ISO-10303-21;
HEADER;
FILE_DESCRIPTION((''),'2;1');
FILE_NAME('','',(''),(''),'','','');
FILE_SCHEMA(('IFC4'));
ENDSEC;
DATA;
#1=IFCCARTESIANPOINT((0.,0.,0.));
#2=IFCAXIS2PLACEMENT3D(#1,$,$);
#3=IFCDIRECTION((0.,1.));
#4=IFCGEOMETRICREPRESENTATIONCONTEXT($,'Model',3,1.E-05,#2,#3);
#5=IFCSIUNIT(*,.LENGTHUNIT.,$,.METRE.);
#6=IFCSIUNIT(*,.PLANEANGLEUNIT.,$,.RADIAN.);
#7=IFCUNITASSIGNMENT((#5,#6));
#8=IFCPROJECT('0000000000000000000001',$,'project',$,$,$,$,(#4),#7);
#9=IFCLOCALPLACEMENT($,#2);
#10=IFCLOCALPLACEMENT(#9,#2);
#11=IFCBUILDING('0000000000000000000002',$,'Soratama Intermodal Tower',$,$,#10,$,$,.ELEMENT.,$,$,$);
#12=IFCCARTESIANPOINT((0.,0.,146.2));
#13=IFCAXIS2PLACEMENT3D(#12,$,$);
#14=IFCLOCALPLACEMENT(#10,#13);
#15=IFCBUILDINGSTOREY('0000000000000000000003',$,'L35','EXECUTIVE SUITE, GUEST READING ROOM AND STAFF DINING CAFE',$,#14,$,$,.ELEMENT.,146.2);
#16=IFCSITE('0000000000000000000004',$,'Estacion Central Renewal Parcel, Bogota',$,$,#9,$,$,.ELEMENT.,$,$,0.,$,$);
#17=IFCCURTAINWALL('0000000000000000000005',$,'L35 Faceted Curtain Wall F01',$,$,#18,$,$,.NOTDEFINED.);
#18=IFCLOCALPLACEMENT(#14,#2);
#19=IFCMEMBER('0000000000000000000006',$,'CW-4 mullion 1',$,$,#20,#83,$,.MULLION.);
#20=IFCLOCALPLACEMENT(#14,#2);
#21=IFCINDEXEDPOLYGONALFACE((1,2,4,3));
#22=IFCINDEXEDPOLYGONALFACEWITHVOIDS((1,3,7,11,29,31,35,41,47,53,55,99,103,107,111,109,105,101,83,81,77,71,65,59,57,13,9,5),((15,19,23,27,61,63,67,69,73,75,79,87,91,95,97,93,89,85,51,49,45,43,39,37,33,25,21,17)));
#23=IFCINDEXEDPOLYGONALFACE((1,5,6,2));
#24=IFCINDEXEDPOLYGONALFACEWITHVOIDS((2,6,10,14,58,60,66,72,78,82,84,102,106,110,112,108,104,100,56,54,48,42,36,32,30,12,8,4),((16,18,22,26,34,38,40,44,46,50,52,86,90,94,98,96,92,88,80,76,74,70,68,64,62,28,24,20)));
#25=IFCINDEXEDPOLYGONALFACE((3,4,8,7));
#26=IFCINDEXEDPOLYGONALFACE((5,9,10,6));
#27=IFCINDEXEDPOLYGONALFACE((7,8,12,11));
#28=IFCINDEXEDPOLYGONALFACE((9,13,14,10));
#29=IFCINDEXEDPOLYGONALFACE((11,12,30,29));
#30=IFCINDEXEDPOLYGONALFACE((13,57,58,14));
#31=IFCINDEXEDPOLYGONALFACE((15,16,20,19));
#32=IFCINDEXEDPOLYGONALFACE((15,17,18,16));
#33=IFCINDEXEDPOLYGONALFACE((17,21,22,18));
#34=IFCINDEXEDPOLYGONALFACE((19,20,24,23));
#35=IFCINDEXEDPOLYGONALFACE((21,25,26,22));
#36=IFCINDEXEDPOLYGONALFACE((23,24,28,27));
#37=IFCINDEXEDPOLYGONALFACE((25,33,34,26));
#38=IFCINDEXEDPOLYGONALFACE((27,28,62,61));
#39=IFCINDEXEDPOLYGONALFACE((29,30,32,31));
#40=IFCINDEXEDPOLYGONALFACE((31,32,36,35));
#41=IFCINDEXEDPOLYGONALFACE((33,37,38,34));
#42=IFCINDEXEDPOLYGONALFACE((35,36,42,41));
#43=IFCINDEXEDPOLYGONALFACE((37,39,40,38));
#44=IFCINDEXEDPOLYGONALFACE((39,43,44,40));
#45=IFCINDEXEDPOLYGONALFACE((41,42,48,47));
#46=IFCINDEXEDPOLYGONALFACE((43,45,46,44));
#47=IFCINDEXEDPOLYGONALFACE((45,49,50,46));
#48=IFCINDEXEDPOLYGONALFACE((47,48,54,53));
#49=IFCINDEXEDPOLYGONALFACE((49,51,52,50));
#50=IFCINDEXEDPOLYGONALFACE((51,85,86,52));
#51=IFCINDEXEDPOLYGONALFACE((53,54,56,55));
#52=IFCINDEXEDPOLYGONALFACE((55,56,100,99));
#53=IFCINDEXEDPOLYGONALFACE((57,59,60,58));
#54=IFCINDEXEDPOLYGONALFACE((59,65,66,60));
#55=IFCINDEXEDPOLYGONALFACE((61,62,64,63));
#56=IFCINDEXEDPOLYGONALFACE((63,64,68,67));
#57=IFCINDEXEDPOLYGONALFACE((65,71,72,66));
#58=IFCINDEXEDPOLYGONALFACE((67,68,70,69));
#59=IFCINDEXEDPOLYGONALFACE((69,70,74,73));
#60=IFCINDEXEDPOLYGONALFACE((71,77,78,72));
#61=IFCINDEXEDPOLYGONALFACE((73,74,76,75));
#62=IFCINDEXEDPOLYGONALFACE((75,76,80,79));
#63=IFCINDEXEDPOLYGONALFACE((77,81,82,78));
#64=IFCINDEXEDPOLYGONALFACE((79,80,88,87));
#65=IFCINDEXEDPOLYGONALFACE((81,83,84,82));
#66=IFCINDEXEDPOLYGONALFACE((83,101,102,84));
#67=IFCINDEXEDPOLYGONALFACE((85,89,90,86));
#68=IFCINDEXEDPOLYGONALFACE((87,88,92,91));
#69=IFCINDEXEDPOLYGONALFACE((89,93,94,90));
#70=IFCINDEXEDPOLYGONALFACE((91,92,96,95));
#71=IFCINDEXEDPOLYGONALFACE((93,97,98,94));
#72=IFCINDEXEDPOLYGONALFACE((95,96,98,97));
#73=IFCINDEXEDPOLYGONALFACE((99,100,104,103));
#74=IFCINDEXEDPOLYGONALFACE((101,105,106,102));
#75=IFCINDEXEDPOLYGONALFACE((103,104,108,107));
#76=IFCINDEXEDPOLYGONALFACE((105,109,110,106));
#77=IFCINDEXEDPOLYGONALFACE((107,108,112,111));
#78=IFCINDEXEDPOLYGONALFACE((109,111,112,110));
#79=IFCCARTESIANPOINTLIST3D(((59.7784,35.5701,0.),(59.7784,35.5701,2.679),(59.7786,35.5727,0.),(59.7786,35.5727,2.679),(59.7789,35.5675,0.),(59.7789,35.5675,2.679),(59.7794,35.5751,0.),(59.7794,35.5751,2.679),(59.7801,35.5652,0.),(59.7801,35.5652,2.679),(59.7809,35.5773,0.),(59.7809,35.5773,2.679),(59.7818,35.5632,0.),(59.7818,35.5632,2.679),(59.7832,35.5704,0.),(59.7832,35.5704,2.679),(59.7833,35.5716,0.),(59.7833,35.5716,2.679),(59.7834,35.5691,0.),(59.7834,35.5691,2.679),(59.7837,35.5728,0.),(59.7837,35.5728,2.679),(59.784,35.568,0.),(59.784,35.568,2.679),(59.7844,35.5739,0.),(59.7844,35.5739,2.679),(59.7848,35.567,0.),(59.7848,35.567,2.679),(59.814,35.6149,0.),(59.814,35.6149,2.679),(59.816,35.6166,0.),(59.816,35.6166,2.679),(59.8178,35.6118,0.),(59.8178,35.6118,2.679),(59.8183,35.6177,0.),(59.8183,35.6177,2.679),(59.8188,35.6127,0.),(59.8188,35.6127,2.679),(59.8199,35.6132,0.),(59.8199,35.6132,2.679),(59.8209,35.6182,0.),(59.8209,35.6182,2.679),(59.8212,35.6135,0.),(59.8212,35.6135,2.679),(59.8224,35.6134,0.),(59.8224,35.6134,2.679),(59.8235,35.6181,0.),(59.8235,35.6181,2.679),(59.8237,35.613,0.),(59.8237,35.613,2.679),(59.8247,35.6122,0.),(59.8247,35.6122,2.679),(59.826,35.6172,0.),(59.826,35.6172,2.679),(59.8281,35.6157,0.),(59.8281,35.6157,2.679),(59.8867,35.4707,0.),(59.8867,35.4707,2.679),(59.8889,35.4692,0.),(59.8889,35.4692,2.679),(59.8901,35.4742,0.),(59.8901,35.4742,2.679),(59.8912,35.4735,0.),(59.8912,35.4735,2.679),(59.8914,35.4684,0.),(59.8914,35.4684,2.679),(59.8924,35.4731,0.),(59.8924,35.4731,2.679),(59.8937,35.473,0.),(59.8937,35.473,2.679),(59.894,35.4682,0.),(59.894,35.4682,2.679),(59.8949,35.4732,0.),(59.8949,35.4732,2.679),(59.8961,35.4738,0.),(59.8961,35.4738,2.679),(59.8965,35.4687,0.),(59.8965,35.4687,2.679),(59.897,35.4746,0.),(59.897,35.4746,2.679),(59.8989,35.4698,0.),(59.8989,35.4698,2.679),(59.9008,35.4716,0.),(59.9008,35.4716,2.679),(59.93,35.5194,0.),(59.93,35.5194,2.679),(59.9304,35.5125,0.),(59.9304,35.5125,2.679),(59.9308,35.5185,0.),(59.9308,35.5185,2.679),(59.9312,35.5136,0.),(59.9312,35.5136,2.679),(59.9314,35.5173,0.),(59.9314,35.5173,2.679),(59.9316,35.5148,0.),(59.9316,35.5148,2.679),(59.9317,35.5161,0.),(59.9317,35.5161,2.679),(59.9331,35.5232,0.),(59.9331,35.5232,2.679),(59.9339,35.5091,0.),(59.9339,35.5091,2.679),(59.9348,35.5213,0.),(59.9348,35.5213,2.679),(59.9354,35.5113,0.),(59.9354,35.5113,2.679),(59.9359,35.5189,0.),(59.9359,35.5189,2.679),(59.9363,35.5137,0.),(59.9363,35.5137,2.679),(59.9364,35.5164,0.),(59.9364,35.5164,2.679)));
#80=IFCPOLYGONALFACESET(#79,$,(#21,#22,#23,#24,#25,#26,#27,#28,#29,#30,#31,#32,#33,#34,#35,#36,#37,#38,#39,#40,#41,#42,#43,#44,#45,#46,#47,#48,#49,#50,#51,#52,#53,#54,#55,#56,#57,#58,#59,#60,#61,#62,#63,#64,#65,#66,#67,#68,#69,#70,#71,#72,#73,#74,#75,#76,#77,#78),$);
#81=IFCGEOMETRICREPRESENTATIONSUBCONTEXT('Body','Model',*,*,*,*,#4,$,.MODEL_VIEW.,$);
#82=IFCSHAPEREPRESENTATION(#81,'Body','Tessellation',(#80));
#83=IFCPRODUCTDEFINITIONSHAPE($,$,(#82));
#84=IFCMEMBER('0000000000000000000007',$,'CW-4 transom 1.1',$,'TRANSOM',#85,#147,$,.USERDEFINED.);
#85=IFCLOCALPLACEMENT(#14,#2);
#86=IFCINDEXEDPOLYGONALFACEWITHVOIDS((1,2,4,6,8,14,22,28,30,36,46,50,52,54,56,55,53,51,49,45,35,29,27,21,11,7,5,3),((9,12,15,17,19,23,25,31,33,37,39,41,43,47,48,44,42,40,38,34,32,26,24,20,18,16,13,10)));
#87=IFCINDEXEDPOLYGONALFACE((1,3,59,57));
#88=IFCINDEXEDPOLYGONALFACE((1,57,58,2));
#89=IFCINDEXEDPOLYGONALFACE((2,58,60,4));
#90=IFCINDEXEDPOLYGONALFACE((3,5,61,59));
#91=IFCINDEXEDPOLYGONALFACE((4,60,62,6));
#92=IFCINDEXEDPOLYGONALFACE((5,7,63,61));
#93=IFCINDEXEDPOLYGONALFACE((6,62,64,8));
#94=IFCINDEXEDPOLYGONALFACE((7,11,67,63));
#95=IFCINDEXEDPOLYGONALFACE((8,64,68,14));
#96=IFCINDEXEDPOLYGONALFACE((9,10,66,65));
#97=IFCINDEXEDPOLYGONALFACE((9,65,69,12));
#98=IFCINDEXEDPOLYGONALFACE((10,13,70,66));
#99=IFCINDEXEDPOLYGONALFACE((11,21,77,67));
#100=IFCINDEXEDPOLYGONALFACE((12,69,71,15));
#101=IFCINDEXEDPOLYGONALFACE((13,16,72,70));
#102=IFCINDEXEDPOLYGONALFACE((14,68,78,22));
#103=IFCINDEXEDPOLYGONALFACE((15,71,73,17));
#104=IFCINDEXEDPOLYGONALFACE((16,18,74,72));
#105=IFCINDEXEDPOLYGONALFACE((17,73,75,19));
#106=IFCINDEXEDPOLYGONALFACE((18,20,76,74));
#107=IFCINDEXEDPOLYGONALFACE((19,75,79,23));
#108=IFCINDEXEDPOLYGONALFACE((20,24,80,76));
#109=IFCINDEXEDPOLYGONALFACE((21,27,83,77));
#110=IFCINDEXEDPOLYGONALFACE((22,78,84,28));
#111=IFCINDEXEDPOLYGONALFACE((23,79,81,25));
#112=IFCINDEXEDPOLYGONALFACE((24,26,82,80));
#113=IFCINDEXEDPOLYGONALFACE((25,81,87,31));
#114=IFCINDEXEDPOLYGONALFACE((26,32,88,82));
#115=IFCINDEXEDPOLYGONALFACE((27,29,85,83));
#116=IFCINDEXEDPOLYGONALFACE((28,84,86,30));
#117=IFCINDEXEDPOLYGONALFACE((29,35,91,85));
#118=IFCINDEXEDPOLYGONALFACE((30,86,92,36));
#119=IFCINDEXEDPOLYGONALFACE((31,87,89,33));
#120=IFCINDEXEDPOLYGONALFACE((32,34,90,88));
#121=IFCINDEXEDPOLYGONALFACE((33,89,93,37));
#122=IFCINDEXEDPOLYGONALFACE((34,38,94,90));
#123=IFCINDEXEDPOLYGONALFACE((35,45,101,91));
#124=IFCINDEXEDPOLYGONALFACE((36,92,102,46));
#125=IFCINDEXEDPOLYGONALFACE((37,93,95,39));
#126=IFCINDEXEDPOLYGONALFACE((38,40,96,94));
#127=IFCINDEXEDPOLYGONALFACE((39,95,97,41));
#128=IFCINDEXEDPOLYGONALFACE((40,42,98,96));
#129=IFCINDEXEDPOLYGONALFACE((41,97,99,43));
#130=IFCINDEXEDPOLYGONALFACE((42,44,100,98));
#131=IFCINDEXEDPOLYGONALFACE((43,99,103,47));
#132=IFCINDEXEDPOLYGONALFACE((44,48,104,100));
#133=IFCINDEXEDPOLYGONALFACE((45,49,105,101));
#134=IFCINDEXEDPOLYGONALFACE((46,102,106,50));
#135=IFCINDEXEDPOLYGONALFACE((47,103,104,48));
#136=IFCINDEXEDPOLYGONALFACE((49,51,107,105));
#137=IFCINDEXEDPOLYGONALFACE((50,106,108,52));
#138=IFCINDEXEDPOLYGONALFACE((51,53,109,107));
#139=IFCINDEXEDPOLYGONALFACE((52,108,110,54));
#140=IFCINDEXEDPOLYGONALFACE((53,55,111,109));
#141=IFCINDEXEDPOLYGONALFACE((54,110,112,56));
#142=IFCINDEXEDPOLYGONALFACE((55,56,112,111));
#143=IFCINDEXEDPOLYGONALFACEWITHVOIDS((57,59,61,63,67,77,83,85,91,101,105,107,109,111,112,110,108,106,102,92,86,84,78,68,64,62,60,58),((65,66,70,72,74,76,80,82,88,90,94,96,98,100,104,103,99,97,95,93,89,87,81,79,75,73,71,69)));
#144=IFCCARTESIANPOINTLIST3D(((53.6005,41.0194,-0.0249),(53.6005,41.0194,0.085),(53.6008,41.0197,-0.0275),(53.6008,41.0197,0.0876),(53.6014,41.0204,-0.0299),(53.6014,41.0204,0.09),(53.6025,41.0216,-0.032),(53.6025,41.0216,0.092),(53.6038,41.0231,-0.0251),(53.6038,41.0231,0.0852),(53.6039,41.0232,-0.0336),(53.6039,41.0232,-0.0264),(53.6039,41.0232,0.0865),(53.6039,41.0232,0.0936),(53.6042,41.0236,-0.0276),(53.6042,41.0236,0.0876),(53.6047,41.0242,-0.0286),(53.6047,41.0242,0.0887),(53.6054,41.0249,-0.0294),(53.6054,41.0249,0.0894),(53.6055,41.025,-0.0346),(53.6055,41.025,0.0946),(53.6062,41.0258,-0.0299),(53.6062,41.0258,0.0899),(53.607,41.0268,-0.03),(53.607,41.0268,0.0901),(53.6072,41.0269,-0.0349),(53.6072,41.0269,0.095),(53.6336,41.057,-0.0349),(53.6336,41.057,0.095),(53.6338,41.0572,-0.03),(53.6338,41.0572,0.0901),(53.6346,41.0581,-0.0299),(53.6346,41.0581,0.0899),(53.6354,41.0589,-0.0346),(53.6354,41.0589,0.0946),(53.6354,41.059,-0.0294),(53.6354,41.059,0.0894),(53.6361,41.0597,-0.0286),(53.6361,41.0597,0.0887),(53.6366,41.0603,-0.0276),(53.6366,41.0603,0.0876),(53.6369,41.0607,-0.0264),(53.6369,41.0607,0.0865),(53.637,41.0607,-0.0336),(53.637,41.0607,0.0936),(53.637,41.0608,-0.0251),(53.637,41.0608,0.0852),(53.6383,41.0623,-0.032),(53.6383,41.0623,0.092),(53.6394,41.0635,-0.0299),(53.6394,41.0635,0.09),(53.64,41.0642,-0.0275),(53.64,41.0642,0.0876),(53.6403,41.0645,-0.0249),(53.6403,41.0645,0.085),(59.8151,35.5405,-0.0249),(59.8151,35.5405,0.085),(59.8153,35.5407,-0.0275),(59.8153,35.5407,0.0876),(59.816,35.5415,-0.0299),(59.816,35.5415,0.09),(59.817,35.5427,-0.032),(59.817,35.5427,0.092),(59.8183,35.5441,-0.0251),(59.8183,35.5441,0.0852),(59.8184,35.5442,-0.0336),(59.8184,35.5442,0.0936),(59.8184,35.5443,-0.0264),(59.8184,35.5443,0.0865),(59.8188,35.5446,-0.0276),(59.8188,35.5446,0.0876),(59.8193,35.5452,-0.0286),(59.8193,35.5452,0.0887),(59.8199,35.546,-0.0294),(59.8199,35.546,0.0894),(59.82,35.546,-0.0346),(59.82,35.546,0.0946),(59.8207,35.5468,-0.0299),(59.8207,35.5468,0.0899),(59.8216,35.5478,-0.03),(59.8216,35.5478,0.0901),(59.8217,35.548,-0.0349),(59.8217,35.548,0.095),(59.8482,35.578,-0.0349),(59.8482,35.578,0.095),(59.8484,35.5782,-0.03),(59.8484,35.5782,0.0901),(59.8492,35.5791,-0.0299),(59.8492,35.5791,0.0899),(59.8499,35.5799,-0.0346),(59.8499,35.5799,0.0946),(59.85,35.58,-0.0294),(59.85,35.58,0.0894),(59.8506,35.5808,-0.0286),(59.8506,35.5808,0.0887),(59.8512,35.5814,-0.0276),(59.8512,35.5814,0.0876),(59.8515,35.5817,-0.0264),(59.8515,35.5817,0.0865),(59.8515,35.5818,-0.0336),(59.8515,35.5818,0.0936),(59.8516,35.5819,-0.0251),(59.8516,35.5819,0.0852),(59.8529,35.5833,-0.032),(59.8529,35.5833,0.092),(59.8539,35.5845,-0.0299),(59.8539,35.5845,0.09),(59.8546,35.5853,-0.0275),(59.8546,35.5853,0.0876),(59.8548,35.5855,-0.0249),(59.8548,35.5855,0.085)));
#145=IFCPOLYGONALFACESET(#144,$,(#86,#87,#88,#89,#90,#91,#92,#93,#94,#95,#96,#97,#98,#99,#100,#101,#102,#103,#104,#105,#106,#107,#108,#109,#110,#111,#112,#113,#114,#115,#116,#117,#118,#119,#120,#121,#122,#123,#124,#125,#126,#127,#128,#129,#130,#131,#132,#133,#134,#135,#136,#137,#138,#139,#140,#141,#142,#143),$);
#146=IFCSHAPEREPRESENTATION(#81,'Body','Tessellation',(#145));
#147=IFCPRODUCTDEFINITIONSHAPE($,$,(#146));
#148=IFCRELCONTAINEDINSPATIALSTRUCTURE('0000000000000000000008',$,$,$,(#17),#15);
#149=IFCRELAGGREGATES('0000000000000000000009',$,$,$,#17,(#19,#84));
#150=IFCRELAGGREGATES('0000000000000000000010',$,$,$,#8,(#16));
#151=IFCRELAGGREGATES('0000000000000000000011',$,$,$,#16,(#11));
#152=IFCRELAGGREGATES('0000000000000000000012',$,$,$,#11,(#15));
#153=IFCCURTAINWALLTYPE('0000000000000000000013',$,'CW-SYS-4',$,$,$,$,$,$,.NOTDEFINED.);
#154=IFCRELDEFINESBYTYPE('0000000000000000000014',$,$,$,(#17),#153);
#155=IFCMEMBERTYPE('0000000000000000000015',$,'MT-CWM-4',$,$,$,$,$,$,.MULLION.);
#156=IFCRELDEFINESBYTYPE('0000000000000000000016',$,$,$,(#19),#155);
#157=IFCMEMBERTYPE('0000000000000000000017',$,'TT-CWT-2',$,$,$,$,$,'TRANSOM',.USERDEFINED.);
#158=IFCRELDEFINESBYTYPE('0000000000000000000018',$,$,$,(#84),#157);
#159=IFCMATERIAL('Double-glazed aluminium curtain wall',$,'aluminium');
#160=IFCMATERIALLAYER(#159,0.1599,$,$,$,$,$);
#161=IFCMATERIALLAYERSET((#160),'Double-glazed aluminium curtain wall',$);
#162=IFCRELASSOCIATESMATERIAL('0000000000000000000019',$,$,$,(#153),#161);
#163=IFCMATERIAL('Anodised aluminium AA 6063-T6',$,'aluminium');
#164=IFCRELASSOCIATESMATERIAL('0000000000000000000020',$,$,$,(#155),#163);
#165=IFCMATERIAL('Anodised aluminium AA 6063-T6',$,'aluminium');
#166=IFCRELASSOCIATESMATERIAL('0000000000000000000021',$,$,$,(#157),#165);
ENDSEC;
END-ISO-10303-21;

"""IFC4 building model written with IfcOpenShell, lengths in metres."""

from ifc_helpers import new_model, si_unit, direction, frame, origin, origin_2d, place, context, subcontext, project, spatial, hollow_rectangle, extrude, material, layer, layer_set, material_profile, profile_set, type_object, element, aggregate, save


model = new_model("IFC4")

# Units and contexts
model_context = context("Model", 3, precision=1e-05, world=origin(), true_north=direction((0.0, 1.0)))
body_context = subcontext(model_context, "Body", "Model", "MODEL_VIEW")
ifc_project = project(units=[si_unit("LENGTHUNIT", "METRE"), si_unit("PLANEANGLEUNIT", "RADIAN")], contexts=[model_context])

# Site, building, storey
site_placement = place(None, origin())
site = spatial("IfcSite", under=ifc_project, at=site_placement, Name="Estacion Central Renewal Parcel, Bogota", CompositionType="ELEMENT", RefElevation=0.0)
building_placement = place(site_placement, origin())
building = spatial("IfcBuilding", under=site, at=building_placement, Name="Soratama Intermodal Tower", CompositionType="ELEMENT")
storey_placement = place(building_placement, frame((0.0, 0.0, 146.2)))
storey = spatial("IfcBuildingStorey", under=building, at=storey_placement, Name="L35", Description="EXECUTIVE SUITE, GUEST READING ROOM AND STAFF DINING CAFE", CompositionType="ELEMENT", Elevation=146.2)

# Curtain wall, members
ifc_material_1 = material(Name="Double-glazed aluminium curtain wall", Category="aluminium")
ifc_layer_1 = layer(ifc_material_1, 0.1599)
ifc_layer_set_1 = layer_set([ifc_layer_1], Name="Double-glazed aluminium curtain wall")
curtain_wall_type = type_object("IfcCurtainWallType", Name="CW-SYS-4", PredefinedType="NOTDEFINED", material=ifc_layer_set_1)
curtain_wall_placement = place(storey_placement, origin())
curtain_wall = element("IfcCurtainWall", 1, at=curtain_wall_placement, inside=storey, type_object=curtain_wall_type, Name="L35 Faceted Curtain Wall F01", PredefinedType="NOTDEFINED")
ifc_material_2 = material(Name="Anodised aluminium AA 6063-T6", Category="aluminium")
ifc_material_profile_1 = material_profile(ifc_material_2, hollow_rectangle(XDim=0.0701, YDim=0.1599, WallThickness=0.0049, InnerFilletRadius=0.0049, OuterFilletRadius=0.01, at=origin_2d()), Name="CWM160X70X5")
ifc_profile_set_1 = profile_set([ifc_material_profile_1], Name="Anodised aluminium AA 6063-T6")
member_type_1 = type_object("IfcMemberType", Name="MT-CWM-4", PredefinedType="MULLION", material=ifc_profile_set_1)
member_1_placement = place(storey_placement, frame((59.8574, 35.5432, 0.0), z_axis=(0.0, 0.0, 1.0), x_axis=(-0.661309, -0.750113, 0.0)))
member_1 = element("IfcMember", 2, at=member_1_placement, type_object=member_type_1, Name="CW-4 mullion 1", PredefinedType="MULLION", context=body_context, shape_type="SweptSolid", body=[
    extrude(hollow_rectangle(XDim=0.0701, YDim=0.1599, WallThickness=0.0049, InnerFilletRadius=0.0049, OuterFilletRadius=0.01, at=origin_2d()), origin(), (0.0, 0.0, 1.0), 2.679),
])
ifc_material_3 = material(Name="Anodised aluminium AA 6063-T6", Category="aluminium")
ifc_material_profile_2 = material_profile(ifc_material_3, hollow_rectangle(XDim=0.0601, YDim=0.1299, WallThickness=0.0049, InnerFilletRadius=0.0049, OuterFilletRadius=0.01, at=origin_2d()), Name="CWT130X60X5")
ifc_profile_set_2 = profile_set([ifc_material_profile_2], Name="Anodised aluminium AA 6063-T6")
member_type_2 = type_object("IfcMemberType", Name="TT-CWT-2", ElementType="TRANSOM", PredefinedType="USERDEFINED", material=ifc_profile_set_2)
member_2_placement = place(storey_placement, frame((59.835, 35.563, 0.03), z_axis=(-0.750105, 0.661318, 0.0), x_axis=(-0.661318, -0.750105, 0.0)))
member_2 = element("IfcMember", 3, at=member_2_placement, type_object=member_type_2, Name="CW-4 transom 1.1", ObjectType="TRANSOM", PredefinedType="USERDEFINED", context=body_context, shape_type="SweptSolid", body=[
    extrude(hollow_rectangle(XDim=0.0601, YDim=0.1299, WallThickness=0.0049, InnerFilletRadius=0.0049, OuterFilletRadius=0.01, at=origin_2d()), origin(), (0.0, 0.0, 1.0), 8.2849),
])
aggregate(curtain_wall, [member_1, member_2])

save(model, "model.ifc")
